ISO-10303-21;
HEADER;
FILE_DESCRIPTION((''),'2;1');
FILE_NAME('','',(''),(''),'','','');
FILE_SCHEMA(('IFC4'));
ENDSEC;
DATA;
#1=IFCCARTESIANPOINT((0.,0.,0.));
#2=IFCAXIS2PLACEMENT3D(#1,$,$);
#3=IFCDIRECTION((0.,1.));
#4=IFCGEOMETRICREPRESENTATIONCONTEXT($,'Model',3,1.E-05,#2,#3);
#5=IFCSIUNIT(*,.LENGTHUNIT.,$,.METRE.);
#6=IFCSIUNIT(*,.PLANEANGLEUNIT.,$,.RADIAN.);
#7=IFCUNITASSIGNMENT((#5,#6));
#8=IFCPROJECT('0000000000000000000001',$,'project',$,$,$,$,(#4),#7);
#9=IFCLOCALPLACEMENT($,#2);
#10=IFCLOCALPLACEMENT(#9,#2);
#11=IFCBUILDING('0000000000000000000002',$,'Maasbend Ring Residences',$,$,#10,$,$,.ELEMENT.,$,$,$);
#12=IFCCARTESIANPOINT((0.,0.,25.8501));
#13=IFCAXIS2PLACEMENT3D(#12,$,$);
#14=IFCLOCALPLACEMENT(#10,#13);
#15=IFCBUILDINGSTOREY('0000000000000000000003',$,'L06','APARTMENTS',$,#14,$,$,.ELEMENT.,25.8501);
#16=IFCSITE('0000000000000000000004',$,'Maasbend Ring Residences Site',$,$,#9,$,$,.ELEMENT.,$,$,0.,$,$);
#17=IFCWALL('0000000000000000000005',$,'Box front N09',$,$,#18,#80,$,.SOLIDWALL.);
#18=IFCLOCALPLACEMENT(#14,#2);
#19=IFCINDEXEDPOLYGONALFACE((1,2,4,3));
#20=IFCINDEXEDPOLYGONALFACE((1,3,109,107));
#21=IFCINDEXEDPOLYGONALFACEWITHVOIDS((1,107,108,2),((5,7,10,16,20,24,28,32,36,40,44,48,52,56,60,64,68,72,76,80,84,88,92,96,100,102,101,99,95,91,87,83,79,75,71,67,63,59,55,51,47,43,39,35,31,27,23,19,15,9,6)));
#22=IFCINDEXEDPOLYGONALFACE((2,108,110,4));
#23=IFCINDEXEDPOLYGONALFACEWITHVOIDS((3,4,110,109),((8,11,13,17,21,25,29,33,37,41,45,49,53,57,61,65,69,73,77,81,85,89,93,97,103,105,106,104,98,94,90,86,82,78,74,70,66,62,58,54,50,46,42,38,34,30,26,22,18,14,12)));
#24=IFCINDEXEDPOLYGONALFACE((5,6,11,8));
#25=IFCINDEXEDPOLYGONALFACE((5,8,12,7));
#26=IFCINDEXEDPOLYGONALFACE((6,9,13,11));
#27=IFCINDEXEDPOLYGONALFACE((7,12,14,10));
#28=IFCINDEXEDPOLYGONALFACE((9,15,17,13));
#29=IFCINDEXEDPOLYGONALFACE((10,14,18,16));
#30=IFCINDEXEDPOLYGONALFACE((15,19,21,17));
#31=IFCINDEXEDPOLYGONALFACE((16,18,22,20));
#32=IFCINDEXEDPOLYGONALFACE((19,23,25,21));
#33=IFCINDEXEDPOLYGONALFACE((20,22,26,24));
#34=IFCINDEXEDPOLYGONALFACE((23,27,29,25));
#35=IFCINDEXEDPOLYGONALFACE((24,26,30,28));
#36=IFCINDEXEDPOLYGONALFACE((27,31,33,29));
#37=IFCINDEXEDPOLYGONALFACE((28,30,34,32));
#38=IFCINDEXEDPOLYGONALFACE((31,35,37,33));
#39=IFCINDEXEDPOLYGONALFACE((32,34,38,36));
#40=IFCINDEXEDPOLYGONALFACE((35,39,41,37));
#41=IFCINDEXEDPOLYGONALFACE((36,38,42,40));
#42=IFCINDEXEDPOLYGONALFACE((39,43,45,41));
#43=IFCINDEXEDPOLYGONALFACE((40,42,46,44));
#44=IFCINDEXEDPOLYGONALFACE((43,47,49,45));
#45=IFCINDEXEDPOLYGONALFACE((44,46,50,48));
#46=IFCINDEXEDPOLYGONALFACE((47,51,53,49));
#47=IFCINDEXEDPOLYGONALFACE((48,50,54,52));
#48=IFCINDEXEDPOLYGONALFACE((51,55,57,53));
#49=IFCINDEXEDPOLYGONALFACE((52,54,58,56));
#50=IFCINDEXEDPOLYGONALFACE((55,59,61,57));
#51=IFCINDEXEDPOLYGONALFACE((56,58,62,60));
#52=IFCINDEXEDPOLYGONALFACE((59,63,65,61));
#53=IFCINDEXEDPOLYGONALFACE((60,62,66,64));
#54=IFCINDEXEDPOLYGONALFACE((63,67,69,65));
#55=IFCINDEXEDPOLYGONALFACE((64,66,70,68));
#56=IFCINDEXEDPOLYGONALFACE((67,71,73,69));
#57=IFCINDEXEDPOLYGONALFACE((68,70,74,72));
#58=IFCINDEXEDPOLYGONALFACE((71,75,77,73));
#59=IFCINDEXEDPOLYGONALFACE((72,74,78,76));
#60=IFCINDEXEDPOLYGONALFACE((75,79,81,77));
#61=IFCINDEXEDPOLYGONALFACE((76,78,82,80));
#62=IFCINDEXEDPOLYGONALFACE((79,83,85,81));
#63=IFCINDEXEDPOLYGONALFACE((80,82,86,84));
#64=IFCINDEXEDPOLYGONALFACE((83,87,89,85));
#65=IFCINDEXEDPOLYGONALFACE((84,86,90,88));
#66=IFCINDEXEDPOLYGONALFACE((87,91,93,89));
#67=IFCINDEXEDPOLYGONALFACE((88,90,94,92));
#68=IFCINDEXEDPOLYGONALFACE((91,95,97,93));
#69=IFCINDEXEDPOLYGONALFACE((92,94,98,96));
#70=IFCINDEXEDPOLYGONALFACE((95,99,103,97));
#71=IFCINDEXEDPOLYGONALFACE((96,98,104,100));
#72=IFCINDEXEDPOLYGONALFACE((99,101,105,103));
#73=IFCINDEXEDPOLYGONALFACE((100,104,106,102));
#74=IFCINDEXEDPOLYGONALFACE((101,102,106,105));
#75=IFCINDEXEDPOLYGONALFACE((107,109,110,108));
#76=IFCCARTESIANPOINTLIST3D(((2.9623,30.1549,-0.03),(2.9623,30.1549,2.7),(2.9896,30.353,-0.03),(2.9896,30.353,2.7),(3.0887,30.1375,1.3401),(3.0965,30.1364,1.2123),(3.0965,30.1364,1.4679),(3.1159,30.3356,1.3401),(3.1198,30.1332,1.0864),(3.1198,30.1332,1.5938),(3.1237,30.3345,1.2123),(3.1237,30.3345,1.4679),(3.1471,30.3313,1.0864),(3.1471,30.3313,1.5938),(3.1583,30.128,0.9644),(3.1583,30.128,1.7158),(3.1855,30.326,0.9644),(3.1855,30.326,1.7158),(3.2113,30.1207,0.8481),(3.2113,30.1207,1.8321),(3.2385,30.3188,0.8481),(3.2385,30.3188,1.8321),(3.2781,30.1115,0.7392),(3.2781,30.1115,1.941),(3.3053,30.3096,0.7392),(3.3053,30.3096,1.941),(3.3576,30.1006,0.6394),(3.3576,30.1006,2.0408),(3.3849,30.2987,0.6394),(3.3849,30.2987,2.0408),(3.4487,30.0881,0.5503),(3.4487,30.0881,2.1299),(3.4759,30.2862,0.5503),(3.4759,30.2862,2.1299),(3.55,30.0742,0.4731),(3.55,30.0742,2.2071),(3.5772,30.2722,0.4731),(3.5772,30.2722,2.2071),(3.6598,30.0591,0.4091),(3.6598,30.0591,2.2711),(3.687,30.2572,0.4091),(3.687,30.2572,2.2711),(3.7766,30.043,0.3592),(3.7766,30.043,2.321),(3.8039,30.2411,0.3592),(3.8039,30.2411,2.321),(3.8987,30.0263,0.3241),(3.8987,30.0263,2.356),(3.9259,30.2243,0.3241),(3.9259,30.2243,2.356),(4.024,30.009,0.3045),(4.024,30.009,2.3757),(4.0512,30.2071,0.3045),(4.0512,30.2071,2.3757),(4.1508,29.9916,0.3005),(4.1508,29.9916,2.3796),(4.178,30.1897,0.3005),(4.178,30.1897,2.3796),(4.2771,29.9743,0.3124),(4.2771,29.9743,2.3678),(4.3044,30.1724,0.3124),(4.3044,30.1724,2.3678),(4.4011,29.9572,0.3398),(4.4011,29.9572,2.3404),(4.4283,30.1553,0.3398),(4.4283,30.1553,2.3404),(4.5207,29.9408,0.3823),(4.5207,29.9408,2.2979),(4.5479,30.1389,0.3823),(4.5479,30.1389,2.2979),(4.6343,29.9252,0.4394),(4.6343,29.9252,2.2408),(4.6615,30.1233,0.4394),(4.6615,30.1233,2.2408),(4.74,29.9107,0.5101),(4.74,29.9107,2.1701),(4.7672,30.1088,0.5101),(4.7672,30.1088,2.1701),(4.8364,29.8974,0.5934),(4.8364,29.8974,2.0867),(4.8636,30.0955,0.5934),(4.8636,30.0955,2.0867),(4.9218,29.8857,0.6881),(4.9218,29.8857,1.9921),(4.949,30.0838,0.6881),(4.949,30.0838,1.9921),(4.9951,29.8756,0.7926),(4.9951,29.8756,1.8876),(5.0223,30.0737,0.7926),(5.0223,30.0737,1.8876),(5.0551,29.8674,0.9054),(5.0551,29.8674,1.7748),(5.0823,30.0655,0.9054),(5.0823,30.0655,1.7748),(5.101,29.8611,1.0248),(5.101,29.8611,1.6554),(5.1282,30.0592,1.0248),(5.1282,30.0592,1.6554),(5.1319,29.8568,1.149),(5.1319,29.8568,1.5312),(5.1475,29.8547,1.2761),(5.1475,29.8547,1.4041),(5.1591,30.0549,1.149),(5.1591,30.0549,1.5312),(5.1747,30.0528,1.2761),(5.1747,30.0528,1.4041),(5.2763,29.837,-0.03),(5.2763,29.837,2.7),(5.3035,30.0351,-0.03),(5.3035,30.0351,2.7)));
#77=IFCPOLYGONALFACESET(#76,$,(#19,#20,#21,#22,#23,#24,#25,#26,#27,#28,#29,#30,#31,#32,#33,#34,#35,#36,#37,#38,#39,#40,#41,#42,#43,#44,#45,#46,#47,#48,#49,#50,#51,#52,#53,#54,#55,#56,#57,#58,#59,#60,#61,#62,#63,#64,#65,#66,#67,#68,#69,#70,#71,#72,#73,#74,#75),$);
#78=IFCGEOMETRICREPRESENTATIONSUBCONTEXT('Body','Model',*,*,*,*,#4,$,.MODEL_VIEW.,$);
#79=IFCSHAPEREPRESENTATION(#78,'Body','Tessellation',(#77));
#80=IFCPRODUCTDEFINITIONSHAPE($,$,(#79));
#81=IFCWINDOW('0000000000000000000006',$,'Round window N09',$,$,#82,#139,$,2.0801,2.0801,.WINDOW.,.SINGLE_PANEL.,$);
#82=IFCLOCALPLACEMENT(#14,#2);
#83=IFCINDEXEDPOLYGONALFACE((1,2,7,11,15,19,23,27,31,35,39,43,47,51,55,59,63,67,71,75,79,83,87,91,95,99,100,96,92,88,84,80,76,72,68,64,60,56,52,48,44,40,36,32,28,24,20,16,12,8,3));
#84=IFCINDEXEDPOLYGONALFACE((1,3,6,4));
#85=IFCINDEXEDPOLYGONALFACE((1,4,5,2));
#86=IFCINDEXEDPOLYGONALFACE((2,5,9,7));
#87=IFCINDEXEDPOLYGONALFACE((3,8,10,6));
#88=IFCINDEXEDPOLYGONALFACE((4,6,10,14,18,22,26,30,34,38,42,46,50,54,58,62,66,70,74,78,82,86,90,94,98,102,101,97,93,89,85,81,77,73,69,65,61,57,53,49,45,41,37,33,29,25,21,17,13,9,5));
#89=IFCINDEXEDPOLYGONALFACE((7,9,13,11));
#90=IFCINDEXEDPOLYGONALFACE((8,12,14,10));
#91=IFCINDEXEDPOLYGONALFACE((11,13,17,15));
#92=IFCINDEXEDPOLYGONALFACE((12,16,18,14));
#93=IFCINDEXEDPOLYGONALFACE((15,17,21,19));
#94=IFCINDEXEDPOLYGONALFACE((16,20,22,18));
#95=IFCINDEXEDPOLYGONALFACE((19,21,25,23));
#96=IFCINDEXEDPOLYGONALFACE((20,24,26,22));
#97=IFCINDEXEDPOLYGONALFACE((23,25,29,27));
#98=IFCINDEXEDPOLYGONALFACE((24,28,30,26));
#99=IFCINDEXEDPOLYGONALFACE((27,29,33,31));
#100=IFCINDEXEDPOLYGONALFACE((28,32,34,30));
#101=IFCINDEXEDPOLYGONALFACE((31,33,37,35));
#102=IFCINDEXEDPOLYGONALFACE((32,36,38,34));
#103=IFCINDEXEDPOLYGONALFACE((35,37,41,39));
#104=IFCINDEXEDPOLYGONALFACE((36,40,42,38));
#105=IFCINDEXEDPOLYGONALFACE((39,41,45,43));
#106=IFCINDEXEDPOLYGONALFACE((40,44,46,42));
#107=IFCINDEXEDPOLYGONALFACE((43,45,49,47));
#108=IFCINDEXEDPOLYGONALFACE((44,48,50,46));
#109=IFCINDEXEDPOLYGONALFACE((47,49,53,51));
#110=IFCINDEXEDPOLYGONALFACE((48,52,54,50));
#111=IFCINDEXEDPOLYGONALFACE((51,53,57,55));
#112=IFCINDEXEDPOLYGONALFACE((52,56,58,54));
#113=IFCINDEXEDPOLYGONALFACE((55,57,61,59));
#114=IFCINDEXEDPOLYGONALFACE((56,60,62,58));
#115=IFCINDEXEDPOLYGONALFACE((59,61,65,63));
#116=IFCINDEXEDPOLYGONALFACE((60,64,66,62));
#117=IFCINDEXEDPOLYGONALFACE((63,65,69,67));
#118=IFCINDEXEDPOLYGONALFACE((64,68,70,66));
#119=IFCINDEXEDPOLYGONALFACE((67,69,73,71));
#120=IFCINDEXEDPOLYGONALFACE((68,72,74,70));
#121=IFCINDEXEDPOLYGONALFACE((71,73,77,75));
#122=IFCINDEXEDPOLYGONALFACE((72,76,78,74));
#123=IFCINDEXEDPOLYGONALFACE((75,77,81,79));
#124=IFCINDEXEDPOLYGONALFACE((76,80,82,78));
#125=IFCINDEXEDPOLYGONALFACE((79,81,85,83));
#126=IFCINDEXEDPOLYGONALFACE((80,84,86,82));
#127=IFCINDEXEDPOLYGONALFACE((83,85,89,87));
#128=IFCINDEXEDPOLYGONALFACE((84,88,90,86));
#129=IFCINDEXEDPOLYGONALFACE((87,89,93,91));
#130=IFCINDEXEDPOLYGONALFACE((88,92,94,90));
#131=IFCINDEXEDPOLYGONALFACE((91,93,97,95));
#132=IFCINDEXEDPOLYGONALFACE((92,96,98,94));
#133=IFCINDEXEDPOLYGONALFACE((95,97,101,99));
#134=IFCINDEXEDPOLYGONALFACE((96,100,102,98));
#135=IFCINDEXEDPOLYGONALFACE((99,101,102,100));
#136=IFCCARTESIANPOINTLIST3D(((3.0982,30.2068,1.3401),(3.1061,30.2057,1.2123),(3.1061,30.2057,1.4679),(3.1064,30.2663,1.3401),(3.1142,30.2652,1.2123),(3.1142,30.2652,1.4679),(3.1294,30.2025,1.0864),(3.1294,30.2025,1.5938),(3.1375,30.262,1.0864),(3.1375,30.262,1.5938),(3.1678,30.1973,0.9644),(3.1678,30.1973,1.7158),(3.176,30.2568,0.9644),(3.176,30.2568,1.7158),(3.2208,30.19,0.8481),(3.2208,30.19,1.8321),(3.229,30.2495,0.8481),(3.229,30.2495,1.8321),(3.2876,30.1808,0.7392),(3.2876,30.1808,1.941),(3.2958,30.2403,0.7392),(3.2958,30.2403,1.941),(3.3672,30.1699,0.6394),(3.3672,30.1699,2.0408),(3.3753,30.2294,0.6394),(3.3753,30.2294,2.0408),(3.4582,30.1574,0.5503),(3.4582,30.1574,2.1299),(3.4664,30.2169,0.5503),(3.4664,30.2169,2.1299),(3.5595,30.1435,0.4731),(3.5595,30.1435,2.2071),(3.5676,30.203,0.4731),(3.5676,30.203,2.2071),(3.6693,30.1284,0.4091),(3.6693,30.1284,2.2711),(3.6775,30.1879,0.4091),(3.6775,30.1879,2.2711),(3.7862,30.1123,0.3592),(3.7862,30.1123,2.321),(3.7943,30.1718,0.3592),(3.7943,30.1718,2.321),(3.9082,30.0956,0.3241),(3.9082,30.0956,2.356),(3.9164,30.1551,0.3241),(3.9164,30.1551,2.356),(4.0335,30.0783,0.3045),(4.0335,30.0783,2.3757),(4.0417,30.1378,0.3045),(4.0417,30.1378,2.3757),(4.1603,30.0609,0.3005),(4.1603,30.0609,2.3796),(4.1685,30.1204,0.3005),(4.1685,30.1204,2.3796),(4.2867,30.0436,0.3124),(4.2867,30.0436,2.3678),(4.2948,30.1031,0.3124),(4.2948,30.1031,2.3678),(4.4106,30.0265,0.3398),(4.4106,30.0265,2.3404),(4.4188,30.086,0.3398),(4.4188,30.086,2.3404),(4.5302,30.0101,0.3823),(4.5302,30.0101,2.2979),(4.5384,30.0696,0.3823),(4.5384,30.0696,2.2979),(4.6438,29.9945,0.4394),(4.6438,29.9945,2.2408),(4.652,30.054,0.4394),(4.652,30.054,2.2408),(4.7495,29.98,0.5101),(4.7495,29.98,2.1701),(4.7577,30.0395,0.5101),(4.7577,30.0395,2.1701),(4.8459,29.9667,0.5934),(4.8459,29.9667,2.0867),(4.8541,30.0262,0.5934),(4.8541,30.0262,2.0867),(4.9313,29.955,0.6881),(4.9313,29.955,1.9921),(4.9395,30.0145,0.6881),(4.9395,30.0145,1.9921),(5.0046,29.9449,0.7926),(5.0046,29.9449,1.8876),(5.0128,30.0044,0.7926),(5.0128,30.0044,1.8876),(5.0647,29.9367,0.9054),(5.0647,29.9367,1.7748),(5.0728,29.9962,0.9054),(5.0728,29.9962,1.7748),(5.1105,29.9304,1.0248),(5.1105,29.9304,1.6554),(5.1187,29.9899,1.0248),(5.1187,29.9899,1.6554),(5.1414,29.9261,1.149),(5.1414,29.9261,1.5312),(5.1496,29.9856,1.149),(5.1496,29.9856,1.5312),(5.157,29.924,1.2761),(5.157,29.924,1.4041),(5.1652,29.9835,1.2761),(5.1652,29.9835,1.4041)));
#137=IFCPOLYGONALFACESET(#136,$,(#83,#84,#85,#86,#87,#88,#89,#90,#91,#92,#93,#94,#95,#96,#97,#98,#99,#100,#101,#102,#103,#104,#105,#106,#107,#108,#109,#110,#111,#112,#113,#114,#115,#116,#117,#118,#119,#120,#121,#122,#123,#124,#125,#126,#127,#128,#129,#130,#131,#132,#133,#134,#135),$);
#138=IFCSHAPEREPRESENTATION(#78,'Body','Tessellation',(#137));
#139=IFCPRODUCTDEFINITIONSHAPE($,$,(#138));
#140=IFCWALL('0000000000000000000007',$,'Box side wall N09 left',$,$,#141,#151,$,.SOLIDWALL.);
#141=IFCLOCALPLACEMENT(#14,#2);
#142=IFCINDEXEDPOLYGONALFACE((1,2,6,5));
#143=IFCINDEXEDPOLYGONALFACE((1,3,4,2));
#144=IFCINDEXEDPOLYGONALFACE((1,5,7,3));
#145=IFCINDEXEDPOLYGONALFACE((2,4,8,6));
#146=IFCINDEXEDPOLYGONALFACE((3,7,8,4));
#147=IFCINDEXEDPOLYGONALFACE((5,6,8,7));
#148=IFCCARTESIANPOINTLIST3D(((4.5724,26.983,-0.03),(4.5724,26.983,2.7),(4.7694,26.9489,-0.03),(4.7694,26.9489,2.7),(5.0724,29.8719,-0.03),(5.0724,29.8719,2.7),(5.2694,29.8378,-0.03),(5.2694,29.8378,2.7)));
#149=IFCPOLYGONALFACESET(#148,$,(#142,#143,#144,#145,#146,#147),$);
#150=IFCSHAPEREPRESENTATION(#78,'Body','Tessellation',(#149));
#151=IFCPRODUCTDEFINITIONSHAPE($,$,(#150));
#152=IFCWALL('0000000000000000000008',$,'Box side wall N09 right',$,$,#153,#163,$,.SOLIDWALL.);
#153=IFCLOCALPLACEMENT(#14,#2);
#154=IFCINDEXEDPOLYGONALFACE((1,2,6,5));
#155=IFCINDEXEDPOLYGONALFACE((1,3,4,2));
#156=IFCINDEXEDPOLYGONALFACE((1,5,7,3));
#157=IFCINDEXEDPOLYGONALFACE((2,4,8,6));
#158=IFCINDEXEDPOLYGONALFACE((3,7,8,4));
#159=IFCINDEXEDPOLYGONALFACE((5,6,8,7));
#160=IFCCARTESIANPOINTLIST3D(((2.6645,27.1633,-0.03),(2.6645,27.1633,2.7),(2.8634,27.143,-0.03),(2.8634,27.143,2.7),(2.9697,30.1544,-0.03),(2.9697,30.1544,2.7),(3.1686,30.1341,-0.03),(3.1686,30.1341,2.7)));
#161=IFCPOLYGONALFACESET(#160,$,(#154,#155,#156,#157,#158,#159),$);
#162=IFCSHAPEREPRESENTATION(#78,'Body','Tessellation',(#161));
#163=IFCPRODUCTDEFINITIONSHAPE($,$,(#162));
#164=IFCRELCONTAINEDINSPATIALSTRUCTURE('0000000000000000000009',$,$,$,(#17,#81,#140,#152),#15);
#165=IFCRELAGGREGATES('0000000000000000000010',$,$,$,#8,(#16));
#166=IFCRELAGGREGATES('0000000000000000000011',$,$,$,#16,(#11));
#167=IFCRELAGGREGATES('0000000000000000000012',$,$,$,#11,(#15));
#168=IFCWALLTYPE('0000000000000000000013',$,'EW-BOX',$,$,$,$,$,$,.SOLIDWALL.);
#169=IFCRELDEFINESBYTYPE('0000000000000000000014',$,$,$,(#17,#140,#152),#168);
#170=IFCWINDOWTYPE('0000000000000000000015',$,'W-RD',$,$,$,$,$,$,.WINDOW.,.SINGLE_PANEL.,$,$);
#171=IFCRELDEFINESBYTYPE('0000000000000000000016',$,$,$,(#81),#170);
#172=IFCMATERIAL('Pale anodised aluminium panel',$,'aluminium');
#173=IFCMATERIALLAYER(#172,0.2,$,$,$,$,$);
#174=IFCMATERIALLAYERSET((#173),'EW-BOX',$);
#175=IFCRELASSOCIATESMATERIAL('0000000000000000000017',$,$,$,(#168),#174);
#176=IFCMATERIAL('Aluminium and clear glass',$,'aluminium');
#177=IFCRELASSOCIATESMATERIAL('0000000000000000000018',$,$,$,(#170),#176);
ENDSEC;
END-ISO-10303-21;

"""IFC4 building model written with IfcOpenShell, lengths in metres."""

from ifc_helpers import new_model, si_unit, direction, frame, frame_2d, origin, place, context, subcontext, project, spatial, rectangle, circle, extrude, material, layer, layer_set, type_object, element, fill, save


model = new_model("IFC4")

# Units and contexts
model_context = context("Model", 3, precision=1e-05, world=origin(), true_north=direction((0.0, 1.0)))
body_context = subcontext(model_context, "Body", "Model", "MODEL_VIEW")
ifc_project = project(units=[si_unit("LENGTHUNIT", "METRE"), si_unit("PLANEANGLEUNIT", "RADIAN")], contexts=[model_context])

# Site, building, storey
site_placement = place(None, origin())
site = spatial("IfcSite", under=ifc_project, at=site_placement, Name="Maasbend Ring Residences Site", CompositionType="ELEMENT", RefElevation=0.0)
building_placement = place(site_placement, origin())
building = spatial("IfcBuilding", under=site, at=building_placement, Name="Maasbend Ring Residences", CompositionType="ELEMENT")
storey_placement = place(building_placement, frame((0.0, 0.0, 25.8501)))
storey = spatial("IfcBuildingStorey", under=building, at=storey_placement, Name="L06", Description="APARTMENTS", CompositionType="ELEMENT", Elevation=25.8501)

# Shared definitions
ifc_material_1 = material(Name="Pale anodised aluminium panel", Category="aluminium")
ifc_layer_1 = layer(ifc_material_1, 0.2)
ifc_layer_set_1 = layer_set([ifc_layer_1], Name="EW-BOX")
wall_type_1 = type_object("IfcWallType", Name="EW-BOX", PredefinedType="SOLIDWALL", material=ifc_layer_set_1)

# Wall, opening, window
wall_1_placement = place(storey_placement, frame((5.29, 29.936, -0.03), z_axis=(0.0, 0.0, 1.0), x_axis=(-0.990696, 0.136093, 0.0)))
wall_1 = element("IfcWall", 1, at=wall_1_placement, inside=storey, type_object=wall_type_1, Name="Box front N09", PredefinedType="SOLIDWALL", context=body_context, shape_type="SweptSolid", body=[
    extrude(rectangle(XDim=2.3357, YDim=0.2, at=frame_2d((1.168, 0.0))), origin(), (0.0, 0.0, 1.0), 2.73),
])
opening_1_placement = place(wall_1_placement, frame((0.1282, 0.0, 0.3301)))
opening_1 = element("IfcOpeningElement", 2, at=opening_1_placement, cuts=wall_1, PredefinedType="OPENING", context=body_context, shape_type="SweptSolid", body=[
    extrude(circle(Radius=1.04, at=frame_2d((1.04, 1.04))), frame((0.0, 0.1099, 0.0), z_axis=(0.0, -1.0, 0.0), x_axis=(1.0, 0.0, 0.0)), (0.0, 0.0, 1.0), 0.22),
])
ifc_material_2 = material(Name="Aluminium and clear glass", Category="aluminium")
window_type_1 = type_object("IfcWindowType", Name="W-RD", PartitioningType="SINGLE_PANEL", PredefinedType="WINDOW", material=ifc_material_2)
window_1_placement = place(opening_1_placement, origin())
window_1 = element("IfcWindow", 3, at=window_1_placement, inside=storey, type_object=window_type_1, Name="Round window N09", OverallHeight=2.0801, OverallWidth=2.0801, PartitioningType="SINGLE_PANEL", PredefinedType="WINDOW", context=body_context, shape_type="SweptSolid", body=[
    extrude(circle(Radius=1.04, at=frame_2d((1.04, 1.04))), frame((0.0, 0.03, 0.0), z_axis=(0.0, -1.0, 0.0), x_axis=(1.0, 0.0, 0.0)), (0.0, 0.0, 1.0), 0.0601),
])
fill(opening_1, window_1)

# Walls
wall_2_placement = place(storey_placement, frame((4.6709, 26.9661, -0.03), z_axis=(0.0, 0.0, 1.0), x_axis=(0.17054, 0.985351, 0.0)))
element("IfcWall", 4, at=wall_2_placement, inside=storey, type_object=wall_type_1, Name="Box side wall N09 left", PredefinedType="SOLIDWALL", context=body_context, shape_type="SweptSolid", body=[
    extrude(rectangle(XDim=2.9319, YDim=0.2, at=frame_2d((1.4658, 0.0))), origin(), (0.0, 0.0, 1.0), 2.73),
])
wall_3_placement = place(storey_placement, frame((2.7639, 27.1531, -0.03), z_axis=(0.0, 0.0, 1.0), x_axis=(0.101505, 0.994835, 0.0)))
element("IfcWall", 5, at=wall_3_placement, inside=storey, type_object=wall_type_1, Name="Box side wall N09 right", PredefinedType="SOLIDWALL", context=body_context, shape_type="SweptSolid", body=[
    extrude(rectangle(XDim=3.0066, YDim=0.2, at=frame_2d((1.5034, 0.0))), origin(), (0.0, 0.0, 1.0), 2.73),
])

save(model, "model.ifc")
